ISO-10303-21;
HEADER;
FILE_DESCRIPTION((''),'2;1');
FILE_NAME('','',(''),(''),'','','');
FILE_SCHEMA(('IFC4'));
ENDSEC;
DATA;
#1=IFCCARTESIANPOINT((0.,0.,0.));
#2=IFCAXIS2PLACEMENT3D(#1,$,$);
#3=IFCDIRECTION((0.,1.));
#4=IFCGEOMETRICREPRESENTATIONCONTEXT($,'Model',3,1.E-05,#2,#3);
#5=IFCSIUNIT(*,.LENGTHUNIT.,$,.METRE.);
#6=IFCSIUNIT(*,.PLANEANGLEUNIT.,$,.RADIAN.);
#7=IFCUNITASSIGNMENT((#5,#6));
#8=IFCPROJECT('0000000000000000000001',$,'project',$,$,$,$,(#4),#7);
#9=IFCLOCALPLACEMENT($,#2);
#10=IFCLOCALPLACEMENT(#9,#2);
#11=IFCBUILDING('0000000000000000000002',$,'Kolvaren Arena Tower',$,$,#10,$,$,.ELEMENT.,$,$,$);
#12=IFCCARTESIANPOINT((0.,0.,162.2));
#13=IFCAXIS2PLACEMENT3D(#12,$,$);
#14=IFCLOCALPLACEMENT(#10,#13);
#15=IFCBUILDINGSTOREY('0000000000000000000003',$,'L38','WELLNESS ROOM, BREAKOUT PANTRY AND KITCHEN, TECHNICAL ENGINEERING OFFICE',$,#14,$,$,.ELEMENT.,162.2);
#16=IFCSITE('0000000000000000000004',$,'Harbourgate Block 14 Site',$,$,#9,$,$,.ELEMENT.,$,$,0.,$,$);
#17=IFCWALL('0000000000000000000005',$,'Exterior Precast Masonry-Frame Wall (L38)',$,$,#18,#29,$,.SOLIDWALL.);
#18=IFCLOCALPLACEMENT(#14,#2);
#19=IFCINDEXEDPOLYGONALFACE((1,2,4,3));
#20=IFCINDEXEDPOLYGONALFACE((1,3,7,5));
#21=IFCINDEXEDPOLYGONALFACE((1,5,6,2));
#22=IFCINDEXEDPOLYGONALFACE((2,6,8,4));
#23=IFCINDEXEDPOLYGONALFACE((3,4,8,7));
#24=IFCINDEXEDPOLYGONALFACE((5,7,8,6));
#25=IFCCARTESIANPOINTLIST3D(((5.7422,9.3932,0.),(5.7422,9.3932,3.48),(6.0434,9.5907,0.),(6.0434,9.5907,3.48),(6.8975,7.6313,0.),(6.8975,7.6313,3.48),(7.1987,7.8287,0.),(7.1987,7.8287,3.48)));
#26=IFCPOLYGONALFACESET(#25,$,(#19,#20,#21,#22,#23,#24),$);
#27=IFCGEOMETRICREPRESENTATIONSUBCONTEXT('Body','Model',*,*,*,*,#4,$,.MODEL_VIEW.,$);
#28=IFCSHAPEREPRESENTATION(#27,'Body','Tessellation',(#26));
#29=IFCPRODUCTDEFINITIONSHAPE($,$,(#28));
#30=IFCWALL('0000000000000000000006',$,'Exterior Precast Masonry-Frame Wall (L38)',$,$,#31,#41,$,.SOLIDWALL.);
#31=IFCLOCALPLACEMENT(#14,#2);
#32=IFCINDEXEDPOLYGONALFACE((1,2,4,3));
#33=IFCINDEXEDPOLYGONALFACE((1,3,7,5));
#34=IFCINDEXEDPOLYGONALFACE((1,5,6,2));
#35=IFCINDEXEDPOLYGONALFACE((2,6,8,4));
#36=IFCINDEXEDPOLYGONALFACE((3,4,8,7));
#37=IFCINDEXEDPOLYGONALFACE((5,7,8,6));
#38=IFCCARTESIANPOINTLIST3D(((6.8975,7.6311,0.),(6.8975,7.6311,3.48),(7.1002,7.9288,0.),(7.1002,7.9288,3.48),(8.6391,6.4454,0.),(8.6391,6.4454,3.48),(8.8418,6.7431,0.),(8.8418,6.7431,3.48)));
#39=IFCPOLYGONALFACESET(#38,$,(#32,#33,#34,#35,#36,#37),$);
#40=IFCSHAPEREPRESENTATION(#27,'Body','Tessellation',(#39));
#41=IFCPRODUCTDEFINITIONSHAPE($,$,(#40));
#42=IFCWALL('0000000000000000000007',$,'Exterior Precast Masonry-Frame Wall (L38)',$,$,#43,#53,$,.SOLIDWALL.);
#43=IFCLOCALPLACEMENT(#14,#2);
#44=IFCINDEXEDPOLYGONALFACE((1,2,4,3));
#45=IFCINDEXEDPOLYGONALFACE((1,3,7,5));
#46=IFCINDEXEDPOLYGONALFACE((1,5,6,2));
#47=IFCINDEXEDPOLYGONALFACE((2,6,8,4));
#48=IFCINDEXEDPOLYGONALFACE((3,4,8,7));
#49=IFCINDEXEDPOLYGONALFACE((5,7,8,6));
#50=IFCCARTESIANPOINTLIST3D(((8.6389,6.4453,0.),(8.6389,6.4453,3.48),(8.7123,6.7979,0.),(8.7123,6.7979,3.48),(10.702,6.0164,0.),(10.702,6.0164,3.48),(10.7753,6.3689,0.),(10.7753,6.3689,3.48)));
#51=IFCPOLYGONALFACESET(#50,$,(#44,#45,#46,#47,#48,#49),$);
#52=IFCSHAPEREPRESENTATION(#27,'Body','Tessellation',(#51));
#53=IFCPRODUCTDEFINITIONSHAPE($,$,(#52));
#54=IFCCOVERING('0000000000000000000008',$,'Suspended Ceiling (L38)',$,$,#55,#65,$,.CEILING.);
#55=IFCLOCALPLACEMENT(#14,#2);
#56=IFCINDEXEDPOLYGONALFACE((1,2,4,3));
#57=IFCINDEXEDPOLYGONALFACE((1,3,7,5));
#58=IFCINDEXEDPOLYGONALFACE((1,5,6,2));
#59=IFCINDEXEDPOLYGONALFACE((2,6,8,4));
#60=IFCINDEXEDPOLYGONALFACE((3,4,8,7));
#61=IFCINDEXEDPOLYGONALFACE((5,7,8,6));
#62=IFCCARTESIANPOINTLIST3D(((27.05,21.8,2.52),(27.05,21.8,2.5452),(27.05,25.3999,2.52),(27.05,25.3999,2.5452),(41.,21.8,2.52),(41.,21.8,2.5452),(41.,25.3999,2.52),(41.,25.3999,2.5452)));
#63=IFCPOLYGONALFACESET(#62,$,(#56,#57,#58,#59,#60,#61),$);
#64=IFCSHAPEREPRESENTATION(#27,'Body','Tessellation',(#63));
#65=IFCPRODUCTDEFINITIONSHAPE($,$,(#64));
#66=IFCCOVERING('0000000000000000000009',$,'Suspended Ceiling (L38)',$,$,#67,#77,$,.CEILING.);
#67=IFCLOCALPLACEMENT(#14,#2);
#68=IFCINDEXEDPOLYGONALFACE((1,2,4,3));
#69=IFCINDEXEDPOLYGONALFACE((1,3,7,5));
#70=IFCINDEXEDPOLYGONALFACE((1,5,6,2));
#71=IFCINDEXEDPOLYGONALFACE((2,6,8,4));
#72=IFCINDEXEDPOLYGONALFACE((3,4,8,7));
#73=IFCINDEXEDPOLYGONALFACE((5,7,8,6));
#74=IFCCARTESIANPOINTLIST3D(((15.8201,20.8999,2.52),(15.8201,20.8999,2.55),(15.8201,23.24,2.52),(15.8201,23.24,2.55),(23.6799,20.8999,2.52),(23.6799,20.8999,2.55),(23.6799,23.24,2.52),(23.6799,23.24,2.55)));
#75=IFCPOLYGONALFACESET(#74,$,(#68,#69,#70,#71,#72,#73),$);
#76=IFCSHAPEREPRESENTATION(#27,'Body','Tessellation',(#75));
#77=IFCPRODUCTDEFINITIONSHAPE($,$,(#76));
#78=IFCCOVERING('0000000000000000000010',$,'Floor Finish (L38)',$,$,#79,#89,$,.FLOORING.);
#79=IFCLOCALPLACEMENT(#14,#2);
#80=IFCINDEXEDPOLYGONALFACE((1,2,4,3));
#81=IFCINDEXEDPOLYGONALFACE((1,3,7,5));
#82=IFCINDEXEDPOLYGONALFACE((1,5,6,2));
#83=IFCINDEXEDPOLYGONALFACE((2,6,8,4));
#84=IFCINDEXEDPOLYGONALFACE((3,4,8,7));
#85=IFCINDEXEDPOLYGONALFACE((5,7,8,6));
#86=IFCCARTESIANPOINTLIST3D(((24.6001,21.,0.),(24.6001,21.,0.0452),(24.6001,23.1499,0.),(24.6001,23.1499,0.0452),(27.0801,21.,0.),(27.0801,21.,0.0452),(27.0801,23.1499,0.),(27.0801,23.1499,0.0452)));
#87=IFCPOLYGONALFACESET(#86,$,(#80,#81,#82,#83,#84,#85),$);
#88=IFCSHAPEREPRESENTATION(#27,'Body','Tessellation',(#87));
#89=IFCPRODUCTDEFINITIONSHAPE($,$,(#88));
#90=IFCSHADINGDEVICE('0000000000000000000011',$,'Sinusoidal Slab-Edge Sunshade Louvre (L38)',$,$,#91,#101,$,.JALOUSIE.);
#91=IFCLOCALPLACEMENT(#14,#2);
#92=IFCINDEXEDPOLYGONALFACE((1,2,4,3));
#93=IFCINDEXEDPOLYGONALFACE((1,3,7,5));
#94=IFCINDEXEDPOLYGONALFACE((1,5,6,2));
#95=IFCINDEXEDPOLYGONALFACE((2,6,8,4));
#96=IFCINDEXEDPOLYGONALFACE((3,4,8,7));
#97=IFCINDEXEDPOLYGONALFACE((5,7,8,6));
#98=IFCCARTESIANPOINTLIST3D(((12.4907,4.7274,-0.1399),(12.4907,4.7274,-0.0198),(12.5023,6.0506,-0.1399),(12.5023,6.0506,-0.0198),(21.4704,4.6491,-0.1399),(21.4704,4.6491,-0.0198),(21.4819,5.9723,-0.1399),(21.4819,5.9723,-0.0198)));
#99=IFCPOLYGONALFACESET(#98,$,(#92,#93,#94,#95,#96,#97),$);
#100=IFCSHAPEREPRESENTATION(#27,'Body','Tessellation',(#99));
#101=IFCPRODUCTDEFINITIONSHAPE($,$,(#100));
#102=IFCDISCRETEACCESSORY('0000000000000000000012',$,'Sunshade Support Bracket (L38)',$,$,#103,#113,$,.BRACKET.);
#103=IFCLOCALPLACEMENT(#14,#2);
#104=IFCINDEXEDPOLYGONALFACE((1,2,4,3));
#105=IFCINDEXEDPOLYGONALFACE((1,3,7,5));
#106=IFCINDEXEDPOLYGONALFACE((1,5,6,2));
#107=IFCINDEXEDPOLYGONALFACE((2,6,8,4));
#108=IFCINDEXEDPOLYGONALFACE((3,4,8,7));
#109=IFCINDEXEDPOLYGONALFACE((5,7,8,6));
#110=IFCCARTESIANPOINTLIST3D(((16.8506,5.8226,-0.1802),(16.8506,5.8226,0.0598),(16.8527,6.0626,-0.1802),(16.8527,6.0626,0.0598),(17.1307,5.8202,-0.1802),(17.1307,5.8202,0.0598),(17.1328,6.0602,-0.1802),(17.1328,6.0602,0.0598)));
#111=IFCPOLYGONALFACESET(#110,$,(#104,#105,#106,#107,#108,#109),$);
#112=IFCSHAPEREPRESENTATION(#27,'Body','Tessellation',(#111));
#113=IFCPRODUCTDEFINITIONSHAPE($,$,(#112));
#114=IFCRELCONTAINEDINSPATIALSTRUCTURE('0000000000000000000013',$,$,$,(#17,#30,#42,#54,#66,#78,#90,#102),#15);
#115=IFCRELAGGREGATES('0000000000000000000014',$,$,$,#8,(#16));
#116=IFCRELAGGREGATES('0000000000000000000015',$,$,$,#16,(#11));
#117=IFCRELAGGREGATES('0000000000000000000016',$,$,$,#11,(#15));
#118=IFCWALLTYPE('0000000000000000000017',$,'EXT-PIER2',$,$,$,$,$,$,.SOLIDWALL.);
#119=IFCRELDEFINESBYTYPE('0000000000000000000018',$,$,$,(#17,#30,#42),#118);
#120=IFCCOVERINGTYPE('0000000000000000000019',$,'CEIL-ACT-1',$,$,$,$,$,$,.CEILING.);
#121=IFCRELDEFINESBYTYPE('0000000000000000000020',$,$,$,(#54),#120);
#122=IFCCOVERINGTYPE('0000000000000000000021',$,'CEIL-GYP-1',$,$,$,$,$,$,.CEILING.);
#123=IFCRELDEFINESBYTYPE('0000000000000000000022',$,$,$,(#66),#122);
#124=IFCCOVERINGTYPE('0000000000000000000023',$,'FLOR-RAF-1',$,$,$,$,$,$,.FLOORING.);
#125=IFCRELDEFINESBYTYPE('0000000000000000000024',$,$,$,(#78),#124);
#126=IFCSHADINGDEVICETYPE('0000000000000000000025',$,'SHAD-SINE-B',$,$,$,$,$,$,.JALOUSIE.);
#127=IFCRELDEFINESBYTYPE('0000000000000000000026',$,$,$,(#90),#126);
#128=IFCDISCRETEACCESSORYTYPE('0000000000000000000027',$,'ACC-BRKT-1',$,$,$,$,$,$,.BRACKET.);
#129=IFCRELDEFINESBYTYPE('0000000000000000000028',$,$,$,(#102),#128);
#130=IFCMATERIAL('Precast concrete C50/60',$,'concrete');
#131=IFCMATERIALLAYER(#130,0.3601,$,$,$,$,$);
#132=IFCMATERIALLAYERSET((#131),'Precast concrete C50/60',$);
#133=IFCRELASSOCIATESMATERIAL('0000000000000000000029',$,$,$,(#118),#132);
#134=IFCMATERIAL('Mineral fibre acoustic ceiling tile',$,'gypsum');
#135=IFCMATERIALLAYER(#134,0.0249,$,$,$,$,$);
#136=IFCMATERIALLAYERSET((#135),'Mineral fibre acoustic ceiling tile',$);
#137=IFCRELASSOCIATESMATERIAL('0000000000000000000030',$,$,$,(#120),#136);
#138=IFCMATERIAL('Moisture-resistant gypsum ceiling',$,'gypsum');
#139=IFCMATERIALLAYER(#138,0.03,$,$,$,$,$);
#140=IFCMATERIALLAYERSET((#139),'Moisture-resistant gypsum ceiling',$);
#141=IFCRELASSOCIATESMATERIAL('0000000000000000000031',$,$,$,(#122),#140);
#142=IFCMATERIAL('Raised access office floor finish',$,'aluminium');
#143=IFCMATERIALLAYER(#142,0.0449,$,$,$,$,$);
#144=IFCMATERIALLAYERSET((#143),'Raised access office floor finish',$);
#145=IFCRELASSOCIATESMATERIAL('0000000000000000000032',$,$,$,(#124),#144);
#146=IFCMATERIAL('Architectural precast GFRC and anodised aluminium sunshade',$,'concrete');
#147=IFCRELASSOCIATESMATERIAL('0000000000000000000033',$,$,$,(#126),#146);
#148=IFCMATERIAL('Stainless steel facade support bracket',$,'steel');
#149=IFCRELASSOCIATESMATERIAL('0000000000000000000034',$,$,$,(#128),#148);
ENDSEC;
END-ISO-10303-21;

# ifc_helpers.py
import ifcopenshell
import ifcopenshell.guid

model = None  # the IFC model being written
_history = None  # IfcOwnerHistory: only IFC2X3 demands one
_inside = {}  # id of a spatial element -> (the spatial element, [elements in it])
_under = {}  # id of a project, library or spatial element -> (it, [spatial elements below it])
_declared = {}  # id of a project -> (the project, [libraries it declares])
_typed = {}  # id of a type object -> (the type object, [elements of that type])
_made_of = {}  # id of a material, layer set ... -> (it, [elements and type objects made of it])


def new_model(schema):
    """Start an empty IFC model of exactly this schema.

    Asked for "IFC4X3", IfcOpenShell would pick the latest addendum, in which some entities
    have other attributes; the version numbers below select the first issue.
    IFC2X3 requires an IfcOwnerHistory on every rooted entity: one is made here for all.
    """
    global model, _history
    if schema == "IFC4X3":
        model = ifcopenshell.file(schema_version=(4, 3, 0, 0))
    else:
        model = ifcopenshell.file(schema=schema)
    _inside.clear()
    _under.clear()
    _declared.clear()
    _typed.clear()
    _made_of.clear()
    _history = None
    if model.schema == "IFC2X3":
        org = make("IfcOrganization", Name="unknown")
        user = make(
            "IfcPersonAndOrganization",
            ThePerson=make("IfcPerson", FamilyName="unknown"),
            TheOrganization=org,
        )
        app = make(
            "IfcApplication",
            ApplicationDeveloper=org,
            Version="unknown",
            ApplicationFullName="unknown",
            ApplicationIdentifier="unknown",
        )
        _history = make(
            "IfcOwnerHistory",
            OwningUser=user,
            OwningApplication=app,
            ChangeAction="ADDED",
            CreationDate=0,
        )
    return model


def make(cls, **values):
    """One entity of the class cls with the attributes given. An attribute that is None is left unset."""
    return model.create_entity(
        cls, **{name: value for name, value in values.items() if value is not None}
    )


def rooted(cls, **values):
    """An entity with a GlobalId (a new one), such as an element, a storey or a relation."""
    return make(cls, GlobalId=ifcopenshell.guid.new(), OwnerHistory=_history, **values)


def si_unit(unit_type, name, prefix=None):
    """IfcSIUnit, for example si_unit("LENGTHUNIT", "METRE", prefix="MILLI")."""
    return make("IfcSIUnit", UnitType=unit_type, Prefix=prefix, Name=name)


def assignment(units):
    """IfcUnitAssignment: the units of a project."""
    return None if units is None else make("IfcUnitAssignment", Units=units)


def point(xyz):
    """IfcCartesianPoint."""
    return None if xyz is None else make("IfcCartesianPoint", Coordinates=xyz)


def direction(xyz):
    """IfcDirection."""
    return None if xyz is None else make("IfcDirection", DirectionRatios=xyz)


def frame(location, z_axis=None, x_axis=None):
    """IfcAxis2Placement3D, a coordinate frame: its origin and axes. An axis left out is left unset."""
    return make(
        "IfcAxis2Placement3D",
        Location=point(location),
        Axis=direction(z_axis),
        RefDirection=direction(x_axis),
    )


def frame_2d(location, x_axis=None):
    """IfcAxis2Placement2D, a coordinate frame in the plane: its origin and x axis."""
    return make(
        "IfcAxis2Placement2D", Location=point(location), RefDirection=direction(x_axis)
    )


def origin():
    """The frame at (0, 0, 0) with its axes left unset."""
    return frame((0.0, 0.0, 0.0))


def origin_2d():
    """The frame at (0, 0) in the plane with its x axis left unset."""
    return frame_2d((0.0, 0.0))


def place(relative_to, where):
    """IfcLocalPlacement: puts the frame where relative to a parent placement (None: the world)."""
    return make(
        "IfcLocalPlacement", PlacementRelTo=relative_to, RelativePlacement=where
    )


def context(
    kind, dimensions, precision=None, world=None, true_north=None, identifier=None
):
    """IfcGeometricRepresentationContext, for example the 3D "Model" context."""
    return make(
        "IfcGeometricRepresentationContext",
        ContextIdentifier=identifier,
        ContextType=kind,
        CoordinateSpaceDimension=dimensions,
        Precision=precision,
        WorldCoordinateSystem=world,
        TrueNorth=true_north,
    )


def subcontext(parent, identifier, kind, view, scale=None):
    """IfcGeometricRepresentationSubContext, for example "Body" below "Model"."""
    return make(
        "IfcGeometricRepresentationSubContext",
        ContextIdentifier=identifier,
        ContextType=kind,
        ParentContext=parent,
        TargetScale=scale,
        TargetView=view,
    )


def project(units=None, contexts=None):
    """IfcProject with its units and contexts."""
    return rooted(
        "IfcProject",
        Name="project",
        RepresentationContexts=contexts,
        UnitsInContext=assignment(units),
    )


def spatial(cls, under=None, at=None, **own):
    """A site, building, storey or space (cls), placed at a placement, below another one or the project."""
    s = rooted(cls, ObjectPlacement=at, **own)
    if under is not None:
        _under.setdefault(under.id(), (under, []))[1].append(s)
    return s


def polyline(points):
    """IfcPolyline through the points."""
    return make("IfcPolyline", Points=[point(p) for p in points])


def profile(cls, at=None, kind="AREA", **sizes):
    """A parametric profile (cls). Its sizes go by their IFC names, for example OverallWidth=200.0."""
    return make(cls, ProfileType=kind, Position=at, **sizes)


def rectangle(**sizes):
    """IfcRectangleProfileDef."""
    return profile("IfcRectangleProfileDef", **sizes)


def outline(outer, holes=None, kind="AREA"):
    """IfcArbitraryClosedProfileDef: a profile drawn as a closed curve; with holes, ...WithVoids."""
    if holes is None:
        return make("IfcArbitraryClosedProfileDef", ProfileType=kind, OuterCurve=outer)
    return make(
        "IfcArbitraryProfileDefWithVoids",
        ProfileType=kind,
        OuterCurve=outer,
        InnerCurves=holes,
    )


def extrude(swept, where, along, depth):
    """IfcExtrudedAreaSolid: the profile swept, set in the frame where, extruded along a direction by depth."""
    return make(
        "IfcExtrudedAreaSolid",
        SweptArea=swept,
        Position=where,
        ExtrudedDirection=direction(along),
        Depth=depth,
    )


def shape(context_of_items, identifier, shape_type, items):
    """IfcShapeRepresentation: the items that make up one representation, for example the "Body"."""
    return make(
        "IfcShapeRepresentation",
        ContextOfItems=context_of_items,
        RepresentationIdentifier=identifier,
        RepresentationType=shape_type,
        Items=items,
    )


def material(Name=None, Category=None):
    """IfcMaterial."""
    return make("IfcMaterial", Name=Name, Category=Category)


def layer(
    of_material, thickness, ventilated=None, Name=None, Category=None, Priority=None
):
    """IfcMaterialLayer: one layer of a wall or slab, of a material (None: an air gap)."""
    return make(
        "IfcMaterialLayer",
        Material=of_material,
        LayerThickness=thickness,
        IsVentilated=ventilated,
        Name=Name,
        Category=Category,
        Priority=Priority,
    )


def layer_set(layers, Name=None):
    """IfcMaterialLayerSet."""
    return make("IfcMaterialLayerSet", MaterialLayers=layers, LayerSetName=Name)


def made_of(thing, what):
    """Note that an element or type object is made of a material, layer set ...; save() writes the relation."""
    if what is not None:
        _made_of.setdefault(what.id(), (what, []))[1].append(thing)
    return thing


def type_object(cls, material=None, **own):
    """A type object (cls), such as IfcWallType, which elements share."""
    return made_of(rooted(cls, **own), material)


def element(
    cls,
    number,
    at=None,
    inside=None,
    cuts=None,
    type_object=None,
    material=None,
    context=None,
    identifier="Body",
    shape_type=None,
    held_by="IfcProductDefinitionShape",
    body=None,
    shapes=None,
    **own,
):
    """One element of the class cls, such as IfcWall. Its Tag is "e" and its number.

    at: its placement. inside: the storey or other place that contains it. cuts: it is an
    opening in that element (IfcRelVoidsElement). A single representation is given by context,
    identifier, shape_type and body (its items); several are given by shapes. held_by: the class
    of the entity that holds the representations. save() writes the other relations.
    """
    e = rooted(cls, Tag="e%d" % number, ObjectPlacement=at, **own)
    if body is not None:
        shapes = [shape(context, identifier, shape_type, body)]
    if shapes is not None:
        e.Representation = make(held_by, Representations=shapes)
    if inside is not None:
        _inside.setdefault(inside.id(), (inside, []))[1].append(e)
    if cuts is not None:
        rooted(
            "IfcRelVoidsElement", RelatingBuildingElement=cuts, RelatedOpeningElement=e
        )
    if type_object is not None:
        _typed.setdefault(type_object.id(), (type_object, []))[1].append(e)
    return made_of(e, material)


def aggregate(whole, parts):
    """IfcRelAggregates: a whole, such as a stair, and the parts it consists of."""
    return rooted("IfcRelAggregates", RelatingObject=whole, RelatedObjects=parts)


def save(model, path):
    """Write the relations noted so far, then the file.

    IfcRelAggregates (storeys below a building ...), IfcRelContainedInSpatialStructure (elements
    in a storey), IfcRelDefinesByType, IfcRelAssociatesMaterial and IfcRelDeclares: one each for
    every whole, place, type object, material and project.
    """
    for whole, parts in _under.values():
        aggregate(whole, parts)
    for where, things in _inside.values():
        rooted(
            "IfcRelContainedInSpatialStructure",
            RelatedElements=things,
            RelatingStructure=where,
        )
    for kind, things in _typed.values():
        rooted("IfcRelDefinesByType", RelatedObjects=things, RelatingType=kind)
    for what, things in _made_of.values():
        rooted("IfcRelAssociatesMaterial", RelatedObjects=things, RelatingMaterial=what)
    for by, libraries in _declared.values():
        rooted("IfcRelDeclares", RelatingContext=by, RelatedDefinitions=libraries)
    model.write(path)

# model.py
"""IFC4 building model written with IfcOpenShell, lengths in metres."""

from ifc_helpers import new_model, si_unit, direction, frame, frame_2d, origin, origin_2d, place, context, subcontext, project, spatial, polyline, rectangle, outline, extrude, material, layer, layer_set, type_object, element, save


model = new_model("IFC4")

# Units and contexts
model_context = context("Model", 3, precision=1e-05, world=origin(), true_north=direction((0.0, 1.0)))
body_context = subcontext(model_context, "Body", "Model", "MODEL_VIEW")
ifc_project = project(units=[si_unit("LENGTHUNIT", "METRE"), si_unit("PLANEANGLEUNIT", "RADIAN")], contexts=[model_context])

# Site, building, storey
site_placement = place(None, origin())
site = spatial("IfcSite", under=ifc_project, at=site_placement, Name="Harbourgate Block 14 Site", CompositionType="ELEMENT", RefElevation=0.0)
building_placement = place(site_placement, origin())
building = spatial("IfcBuilding", under=site, at=building_placement, Name="Kolvaren Arena Tower", CompositionType="ELEMENT")
storey_placement = place(building_placement, frame((0.0, 0.0, 162.2)))
storey = spatial("IfcBuildingStorey", under=building, at=storey_placement, Name="L38", Description="WELLNESS ROOM, BREAKOUT PANTRY AND KITCHEN, TECHNICAL ENGINEERING OFFICE", CompositionType="ELEMENT", Elevation=162.2)

# Walls
ifc_material_1 = material(Name="Precast concrete C50/60", Category="concrete")
ifc_layer_1 = layer(ifc_material_1, 0.3601)
ifc_layer_set_1 = layer_set([ifc_layer_1], Name="Precast concrete C50/60")
wall_type = type_object("IfcWallType", Name="EXT-PIER2", PredefinedType="SOLIDWALL", material=ifc_layer_set_1)
for number, where, z_axis, x_axis, name in (
    (1, (7.0481, 7.73, 0.0), (0.0, 0.0, 1.0), (-0.54832, 0.836269, 0.0), "Exterior Precast Masonry-Frame Wall (L38)"),
    (2, (8.7405, 6.5942, 0.0), (0.0, 0.0, 1.0), (-0.82661, 0.562776, 0.0), "Exterior Precast Masonry-Frame Wall (L38)"),
):
    element("IfcWall", number, at=place(storey_placement, frame(where, z_axis=z_axis, x_axis=x_axis)), inside=storey, type_object=wall_type, Name=name, PredefinedType="SOLIDWALL", context=body_context, shape_type="SweptSolid", body=[
        extrude(rectangle(XDim=2.1069, YDim=0.3601, at=frame_2d((1.0535, 0.0))), origin(), (0.0, 0.0, 1.0), 3.48),
    ])
wall_placement = place(storey_placement, frame((10.7388, 6.1926, 0.0), z_axis=(0.0, 0.0, 1.0), x_axis=(-0.979059, 0.203575, 0.0)))
element("IfcWall", 3, at=wall_placement, inside=storey, type_object=wall_type, Name="Exterior Precast Masonry-Frame Wall (L38)", PredefinedType="SOLIDWALL", context=body_context, shape_type="SweptSolid", body=[
    extrude(rectangle(XDim=2.1072, YDim=0.3601, at=frame_2d((1.0537, 0.0))), origin(), (0.0, 0.0, 1.0), 3.48),
])

# Coverings
ifc_material_2 = material(Name="Mineral fibre acoustic ceiling tile", Category="gypsum")
ifc_layer_2 = layer(ifc_material_2, 0.0249)
ifc_layer_set_2 = layer_set([ifc_layer_2], Name="Mineral fibre acoustic ceiling tile")
covering_type_1 = type_object("IfcCoveringType", Name="CEIL-ACT-1", PredefinedType="CEILING", material=ifc_layer_set_2)
covering_1_placement = place(storey_placement, frame((0.0, 0.0, 2.52)))
element("IfcCovering", 4, at=covering_1_placement, inside=storey, type_object=covering_type_1, Name="Suspended Ceiling (L38)", PredefinedType="CEILING", context=body_context, shape_type="SweptSolid", body=[
    extrude(outline(polyline([(27.05, 21.8), (27.05, 25.3999), (41.0, 25.3999), (41.0, 21.8), (27.05, 21.8)])), origin(), (0.0, 0.0, 1.0), 0.0251),
])
ifc_material_3 = material(Name="Moisture-resistant gypsum ceiling", Category="gypsum")
ifc_layer_3 = layer(ifc_material_3, 0.03)
ifc_layer_set_3 = layer_set([ifc_layer_3], Name="Moisture-resistant gypsum ceiling")
covering_type_2 = type_object("IfcCoveringType", Name="CEIL-GYP-1", PredefinedType="CEILING", material=ifc_layer_set_3)
covering_2_placement = place(storey_placement, frame((0.0, 0.0, 2.52)))
element("IfcCovering", 5, at=covering_2_placement, inside=storey, type_object=covering_type_2, Name="Suspended Ceiling (L38)", PredefinedType="CEILING", context=body_context, shape_type="SweptSolid", body=[
    extrude(outline(polyline([(15.8201, 20.8999), (15.8201, 23.24), (23.6799, 23.24), (23.6799, 20.8999), (15.8201, 20.8999)])), origin(), (0.0, 0.0, 1.0), 0.03),
])
ifc_material_4 = material(Name="Raised access office floor finish", Category="aluminium")
ifc_layer_4 = layer(ifc_material_4, 0.0449)
ifc_layer_set_4 = layer_set([ifc_layer_4], Name="Raised access office floor finish")
covering_type_3 = type_object("IfcCoveringType", Name="FLOR-RAF-1", PredefinedType="FLOORING", material=ifc_layer_set_4)
covering_3_placement = place(storey_placement, origin())
element("IfcCovering", 6, at=covering_3_placement, inside=storey, type_object=covering_type_3, Name="Floor Finish (L38)", PredefinedType="FLOORING", context=body_context, shape_type="SweptSolid", body=[
    extrude(outline(polyline([(24.6001, 21.0), (24.6001, 23.1499), (27.0801, 23.1499), (27.0801, 21.0), (24.6001, 21.0)])), origin(), (0.0, 0.0, 1.0), 0.0452),
])

# Shading device
ifc_material_5 = material(Name="Architectural precast GFRC and anodised aluminium sunshade", Category="concrete")
shading_device_type = type_object("IfcShadingDeviceType", Name="SHAD-SINE-B", PredefinedType="JALOUSIE", material=ifc_material_5)
shading_device_placement = place(storey_placement, frame((16.9863, 5.3499, -0.1399), z_axis=(0.0, 0.0, 1.0), x_axis=(-0.999962, 0.008727, 0.0)))
element("IfcShadingDevice", 7, at=shading_device_placement, inside=storey, type_object=shading_device_type, Name="Sinusoidal Slab-Edge Sunshade Louvre (L38)", PredefinedType="JALOUSIE", context=body_context, shape_type="SweptSolid", body=[
    extrude(rectangle(XDim=8.98, YDim=1.3232, at=origin_2d()), origin(), (0.0, 0.0, 1.0), 0.1201),
])

# Discrete accessory
ifc_material_6 = material(Name="Stainless steel facade support bracket", Category="steel")
discrete_accessory_type = type_object("IfcDiscreteAccessoryType", Name="ACC-BRKT-1", PredefinedType="BRACKET", material=ifc_material_6)
discrete_accessory_placement = place(storey_placement, frame((16.9917, 5.9414, -0.1802), z_axis=(0.0, 0.0, 1.0), x_axis=(-0.999962, 0.008727, 0.0)))
element("IfcDiscreteAccessory", 8, at=discrete_accessory_placement, inside=storey, type_object=discrete_accessory_type, Name="Sunshade Support Bracket (L38)", PredefinedType="BRACKET", context=body_context, shape_type="SweptSolid", body=[
    extrude(rectangle(XDim=0.28, YDim=0.24, at=origin_2d()), origin(), (0.0, 0.0, 1.0), 0.24),
])

save(model, "model.ifc")
